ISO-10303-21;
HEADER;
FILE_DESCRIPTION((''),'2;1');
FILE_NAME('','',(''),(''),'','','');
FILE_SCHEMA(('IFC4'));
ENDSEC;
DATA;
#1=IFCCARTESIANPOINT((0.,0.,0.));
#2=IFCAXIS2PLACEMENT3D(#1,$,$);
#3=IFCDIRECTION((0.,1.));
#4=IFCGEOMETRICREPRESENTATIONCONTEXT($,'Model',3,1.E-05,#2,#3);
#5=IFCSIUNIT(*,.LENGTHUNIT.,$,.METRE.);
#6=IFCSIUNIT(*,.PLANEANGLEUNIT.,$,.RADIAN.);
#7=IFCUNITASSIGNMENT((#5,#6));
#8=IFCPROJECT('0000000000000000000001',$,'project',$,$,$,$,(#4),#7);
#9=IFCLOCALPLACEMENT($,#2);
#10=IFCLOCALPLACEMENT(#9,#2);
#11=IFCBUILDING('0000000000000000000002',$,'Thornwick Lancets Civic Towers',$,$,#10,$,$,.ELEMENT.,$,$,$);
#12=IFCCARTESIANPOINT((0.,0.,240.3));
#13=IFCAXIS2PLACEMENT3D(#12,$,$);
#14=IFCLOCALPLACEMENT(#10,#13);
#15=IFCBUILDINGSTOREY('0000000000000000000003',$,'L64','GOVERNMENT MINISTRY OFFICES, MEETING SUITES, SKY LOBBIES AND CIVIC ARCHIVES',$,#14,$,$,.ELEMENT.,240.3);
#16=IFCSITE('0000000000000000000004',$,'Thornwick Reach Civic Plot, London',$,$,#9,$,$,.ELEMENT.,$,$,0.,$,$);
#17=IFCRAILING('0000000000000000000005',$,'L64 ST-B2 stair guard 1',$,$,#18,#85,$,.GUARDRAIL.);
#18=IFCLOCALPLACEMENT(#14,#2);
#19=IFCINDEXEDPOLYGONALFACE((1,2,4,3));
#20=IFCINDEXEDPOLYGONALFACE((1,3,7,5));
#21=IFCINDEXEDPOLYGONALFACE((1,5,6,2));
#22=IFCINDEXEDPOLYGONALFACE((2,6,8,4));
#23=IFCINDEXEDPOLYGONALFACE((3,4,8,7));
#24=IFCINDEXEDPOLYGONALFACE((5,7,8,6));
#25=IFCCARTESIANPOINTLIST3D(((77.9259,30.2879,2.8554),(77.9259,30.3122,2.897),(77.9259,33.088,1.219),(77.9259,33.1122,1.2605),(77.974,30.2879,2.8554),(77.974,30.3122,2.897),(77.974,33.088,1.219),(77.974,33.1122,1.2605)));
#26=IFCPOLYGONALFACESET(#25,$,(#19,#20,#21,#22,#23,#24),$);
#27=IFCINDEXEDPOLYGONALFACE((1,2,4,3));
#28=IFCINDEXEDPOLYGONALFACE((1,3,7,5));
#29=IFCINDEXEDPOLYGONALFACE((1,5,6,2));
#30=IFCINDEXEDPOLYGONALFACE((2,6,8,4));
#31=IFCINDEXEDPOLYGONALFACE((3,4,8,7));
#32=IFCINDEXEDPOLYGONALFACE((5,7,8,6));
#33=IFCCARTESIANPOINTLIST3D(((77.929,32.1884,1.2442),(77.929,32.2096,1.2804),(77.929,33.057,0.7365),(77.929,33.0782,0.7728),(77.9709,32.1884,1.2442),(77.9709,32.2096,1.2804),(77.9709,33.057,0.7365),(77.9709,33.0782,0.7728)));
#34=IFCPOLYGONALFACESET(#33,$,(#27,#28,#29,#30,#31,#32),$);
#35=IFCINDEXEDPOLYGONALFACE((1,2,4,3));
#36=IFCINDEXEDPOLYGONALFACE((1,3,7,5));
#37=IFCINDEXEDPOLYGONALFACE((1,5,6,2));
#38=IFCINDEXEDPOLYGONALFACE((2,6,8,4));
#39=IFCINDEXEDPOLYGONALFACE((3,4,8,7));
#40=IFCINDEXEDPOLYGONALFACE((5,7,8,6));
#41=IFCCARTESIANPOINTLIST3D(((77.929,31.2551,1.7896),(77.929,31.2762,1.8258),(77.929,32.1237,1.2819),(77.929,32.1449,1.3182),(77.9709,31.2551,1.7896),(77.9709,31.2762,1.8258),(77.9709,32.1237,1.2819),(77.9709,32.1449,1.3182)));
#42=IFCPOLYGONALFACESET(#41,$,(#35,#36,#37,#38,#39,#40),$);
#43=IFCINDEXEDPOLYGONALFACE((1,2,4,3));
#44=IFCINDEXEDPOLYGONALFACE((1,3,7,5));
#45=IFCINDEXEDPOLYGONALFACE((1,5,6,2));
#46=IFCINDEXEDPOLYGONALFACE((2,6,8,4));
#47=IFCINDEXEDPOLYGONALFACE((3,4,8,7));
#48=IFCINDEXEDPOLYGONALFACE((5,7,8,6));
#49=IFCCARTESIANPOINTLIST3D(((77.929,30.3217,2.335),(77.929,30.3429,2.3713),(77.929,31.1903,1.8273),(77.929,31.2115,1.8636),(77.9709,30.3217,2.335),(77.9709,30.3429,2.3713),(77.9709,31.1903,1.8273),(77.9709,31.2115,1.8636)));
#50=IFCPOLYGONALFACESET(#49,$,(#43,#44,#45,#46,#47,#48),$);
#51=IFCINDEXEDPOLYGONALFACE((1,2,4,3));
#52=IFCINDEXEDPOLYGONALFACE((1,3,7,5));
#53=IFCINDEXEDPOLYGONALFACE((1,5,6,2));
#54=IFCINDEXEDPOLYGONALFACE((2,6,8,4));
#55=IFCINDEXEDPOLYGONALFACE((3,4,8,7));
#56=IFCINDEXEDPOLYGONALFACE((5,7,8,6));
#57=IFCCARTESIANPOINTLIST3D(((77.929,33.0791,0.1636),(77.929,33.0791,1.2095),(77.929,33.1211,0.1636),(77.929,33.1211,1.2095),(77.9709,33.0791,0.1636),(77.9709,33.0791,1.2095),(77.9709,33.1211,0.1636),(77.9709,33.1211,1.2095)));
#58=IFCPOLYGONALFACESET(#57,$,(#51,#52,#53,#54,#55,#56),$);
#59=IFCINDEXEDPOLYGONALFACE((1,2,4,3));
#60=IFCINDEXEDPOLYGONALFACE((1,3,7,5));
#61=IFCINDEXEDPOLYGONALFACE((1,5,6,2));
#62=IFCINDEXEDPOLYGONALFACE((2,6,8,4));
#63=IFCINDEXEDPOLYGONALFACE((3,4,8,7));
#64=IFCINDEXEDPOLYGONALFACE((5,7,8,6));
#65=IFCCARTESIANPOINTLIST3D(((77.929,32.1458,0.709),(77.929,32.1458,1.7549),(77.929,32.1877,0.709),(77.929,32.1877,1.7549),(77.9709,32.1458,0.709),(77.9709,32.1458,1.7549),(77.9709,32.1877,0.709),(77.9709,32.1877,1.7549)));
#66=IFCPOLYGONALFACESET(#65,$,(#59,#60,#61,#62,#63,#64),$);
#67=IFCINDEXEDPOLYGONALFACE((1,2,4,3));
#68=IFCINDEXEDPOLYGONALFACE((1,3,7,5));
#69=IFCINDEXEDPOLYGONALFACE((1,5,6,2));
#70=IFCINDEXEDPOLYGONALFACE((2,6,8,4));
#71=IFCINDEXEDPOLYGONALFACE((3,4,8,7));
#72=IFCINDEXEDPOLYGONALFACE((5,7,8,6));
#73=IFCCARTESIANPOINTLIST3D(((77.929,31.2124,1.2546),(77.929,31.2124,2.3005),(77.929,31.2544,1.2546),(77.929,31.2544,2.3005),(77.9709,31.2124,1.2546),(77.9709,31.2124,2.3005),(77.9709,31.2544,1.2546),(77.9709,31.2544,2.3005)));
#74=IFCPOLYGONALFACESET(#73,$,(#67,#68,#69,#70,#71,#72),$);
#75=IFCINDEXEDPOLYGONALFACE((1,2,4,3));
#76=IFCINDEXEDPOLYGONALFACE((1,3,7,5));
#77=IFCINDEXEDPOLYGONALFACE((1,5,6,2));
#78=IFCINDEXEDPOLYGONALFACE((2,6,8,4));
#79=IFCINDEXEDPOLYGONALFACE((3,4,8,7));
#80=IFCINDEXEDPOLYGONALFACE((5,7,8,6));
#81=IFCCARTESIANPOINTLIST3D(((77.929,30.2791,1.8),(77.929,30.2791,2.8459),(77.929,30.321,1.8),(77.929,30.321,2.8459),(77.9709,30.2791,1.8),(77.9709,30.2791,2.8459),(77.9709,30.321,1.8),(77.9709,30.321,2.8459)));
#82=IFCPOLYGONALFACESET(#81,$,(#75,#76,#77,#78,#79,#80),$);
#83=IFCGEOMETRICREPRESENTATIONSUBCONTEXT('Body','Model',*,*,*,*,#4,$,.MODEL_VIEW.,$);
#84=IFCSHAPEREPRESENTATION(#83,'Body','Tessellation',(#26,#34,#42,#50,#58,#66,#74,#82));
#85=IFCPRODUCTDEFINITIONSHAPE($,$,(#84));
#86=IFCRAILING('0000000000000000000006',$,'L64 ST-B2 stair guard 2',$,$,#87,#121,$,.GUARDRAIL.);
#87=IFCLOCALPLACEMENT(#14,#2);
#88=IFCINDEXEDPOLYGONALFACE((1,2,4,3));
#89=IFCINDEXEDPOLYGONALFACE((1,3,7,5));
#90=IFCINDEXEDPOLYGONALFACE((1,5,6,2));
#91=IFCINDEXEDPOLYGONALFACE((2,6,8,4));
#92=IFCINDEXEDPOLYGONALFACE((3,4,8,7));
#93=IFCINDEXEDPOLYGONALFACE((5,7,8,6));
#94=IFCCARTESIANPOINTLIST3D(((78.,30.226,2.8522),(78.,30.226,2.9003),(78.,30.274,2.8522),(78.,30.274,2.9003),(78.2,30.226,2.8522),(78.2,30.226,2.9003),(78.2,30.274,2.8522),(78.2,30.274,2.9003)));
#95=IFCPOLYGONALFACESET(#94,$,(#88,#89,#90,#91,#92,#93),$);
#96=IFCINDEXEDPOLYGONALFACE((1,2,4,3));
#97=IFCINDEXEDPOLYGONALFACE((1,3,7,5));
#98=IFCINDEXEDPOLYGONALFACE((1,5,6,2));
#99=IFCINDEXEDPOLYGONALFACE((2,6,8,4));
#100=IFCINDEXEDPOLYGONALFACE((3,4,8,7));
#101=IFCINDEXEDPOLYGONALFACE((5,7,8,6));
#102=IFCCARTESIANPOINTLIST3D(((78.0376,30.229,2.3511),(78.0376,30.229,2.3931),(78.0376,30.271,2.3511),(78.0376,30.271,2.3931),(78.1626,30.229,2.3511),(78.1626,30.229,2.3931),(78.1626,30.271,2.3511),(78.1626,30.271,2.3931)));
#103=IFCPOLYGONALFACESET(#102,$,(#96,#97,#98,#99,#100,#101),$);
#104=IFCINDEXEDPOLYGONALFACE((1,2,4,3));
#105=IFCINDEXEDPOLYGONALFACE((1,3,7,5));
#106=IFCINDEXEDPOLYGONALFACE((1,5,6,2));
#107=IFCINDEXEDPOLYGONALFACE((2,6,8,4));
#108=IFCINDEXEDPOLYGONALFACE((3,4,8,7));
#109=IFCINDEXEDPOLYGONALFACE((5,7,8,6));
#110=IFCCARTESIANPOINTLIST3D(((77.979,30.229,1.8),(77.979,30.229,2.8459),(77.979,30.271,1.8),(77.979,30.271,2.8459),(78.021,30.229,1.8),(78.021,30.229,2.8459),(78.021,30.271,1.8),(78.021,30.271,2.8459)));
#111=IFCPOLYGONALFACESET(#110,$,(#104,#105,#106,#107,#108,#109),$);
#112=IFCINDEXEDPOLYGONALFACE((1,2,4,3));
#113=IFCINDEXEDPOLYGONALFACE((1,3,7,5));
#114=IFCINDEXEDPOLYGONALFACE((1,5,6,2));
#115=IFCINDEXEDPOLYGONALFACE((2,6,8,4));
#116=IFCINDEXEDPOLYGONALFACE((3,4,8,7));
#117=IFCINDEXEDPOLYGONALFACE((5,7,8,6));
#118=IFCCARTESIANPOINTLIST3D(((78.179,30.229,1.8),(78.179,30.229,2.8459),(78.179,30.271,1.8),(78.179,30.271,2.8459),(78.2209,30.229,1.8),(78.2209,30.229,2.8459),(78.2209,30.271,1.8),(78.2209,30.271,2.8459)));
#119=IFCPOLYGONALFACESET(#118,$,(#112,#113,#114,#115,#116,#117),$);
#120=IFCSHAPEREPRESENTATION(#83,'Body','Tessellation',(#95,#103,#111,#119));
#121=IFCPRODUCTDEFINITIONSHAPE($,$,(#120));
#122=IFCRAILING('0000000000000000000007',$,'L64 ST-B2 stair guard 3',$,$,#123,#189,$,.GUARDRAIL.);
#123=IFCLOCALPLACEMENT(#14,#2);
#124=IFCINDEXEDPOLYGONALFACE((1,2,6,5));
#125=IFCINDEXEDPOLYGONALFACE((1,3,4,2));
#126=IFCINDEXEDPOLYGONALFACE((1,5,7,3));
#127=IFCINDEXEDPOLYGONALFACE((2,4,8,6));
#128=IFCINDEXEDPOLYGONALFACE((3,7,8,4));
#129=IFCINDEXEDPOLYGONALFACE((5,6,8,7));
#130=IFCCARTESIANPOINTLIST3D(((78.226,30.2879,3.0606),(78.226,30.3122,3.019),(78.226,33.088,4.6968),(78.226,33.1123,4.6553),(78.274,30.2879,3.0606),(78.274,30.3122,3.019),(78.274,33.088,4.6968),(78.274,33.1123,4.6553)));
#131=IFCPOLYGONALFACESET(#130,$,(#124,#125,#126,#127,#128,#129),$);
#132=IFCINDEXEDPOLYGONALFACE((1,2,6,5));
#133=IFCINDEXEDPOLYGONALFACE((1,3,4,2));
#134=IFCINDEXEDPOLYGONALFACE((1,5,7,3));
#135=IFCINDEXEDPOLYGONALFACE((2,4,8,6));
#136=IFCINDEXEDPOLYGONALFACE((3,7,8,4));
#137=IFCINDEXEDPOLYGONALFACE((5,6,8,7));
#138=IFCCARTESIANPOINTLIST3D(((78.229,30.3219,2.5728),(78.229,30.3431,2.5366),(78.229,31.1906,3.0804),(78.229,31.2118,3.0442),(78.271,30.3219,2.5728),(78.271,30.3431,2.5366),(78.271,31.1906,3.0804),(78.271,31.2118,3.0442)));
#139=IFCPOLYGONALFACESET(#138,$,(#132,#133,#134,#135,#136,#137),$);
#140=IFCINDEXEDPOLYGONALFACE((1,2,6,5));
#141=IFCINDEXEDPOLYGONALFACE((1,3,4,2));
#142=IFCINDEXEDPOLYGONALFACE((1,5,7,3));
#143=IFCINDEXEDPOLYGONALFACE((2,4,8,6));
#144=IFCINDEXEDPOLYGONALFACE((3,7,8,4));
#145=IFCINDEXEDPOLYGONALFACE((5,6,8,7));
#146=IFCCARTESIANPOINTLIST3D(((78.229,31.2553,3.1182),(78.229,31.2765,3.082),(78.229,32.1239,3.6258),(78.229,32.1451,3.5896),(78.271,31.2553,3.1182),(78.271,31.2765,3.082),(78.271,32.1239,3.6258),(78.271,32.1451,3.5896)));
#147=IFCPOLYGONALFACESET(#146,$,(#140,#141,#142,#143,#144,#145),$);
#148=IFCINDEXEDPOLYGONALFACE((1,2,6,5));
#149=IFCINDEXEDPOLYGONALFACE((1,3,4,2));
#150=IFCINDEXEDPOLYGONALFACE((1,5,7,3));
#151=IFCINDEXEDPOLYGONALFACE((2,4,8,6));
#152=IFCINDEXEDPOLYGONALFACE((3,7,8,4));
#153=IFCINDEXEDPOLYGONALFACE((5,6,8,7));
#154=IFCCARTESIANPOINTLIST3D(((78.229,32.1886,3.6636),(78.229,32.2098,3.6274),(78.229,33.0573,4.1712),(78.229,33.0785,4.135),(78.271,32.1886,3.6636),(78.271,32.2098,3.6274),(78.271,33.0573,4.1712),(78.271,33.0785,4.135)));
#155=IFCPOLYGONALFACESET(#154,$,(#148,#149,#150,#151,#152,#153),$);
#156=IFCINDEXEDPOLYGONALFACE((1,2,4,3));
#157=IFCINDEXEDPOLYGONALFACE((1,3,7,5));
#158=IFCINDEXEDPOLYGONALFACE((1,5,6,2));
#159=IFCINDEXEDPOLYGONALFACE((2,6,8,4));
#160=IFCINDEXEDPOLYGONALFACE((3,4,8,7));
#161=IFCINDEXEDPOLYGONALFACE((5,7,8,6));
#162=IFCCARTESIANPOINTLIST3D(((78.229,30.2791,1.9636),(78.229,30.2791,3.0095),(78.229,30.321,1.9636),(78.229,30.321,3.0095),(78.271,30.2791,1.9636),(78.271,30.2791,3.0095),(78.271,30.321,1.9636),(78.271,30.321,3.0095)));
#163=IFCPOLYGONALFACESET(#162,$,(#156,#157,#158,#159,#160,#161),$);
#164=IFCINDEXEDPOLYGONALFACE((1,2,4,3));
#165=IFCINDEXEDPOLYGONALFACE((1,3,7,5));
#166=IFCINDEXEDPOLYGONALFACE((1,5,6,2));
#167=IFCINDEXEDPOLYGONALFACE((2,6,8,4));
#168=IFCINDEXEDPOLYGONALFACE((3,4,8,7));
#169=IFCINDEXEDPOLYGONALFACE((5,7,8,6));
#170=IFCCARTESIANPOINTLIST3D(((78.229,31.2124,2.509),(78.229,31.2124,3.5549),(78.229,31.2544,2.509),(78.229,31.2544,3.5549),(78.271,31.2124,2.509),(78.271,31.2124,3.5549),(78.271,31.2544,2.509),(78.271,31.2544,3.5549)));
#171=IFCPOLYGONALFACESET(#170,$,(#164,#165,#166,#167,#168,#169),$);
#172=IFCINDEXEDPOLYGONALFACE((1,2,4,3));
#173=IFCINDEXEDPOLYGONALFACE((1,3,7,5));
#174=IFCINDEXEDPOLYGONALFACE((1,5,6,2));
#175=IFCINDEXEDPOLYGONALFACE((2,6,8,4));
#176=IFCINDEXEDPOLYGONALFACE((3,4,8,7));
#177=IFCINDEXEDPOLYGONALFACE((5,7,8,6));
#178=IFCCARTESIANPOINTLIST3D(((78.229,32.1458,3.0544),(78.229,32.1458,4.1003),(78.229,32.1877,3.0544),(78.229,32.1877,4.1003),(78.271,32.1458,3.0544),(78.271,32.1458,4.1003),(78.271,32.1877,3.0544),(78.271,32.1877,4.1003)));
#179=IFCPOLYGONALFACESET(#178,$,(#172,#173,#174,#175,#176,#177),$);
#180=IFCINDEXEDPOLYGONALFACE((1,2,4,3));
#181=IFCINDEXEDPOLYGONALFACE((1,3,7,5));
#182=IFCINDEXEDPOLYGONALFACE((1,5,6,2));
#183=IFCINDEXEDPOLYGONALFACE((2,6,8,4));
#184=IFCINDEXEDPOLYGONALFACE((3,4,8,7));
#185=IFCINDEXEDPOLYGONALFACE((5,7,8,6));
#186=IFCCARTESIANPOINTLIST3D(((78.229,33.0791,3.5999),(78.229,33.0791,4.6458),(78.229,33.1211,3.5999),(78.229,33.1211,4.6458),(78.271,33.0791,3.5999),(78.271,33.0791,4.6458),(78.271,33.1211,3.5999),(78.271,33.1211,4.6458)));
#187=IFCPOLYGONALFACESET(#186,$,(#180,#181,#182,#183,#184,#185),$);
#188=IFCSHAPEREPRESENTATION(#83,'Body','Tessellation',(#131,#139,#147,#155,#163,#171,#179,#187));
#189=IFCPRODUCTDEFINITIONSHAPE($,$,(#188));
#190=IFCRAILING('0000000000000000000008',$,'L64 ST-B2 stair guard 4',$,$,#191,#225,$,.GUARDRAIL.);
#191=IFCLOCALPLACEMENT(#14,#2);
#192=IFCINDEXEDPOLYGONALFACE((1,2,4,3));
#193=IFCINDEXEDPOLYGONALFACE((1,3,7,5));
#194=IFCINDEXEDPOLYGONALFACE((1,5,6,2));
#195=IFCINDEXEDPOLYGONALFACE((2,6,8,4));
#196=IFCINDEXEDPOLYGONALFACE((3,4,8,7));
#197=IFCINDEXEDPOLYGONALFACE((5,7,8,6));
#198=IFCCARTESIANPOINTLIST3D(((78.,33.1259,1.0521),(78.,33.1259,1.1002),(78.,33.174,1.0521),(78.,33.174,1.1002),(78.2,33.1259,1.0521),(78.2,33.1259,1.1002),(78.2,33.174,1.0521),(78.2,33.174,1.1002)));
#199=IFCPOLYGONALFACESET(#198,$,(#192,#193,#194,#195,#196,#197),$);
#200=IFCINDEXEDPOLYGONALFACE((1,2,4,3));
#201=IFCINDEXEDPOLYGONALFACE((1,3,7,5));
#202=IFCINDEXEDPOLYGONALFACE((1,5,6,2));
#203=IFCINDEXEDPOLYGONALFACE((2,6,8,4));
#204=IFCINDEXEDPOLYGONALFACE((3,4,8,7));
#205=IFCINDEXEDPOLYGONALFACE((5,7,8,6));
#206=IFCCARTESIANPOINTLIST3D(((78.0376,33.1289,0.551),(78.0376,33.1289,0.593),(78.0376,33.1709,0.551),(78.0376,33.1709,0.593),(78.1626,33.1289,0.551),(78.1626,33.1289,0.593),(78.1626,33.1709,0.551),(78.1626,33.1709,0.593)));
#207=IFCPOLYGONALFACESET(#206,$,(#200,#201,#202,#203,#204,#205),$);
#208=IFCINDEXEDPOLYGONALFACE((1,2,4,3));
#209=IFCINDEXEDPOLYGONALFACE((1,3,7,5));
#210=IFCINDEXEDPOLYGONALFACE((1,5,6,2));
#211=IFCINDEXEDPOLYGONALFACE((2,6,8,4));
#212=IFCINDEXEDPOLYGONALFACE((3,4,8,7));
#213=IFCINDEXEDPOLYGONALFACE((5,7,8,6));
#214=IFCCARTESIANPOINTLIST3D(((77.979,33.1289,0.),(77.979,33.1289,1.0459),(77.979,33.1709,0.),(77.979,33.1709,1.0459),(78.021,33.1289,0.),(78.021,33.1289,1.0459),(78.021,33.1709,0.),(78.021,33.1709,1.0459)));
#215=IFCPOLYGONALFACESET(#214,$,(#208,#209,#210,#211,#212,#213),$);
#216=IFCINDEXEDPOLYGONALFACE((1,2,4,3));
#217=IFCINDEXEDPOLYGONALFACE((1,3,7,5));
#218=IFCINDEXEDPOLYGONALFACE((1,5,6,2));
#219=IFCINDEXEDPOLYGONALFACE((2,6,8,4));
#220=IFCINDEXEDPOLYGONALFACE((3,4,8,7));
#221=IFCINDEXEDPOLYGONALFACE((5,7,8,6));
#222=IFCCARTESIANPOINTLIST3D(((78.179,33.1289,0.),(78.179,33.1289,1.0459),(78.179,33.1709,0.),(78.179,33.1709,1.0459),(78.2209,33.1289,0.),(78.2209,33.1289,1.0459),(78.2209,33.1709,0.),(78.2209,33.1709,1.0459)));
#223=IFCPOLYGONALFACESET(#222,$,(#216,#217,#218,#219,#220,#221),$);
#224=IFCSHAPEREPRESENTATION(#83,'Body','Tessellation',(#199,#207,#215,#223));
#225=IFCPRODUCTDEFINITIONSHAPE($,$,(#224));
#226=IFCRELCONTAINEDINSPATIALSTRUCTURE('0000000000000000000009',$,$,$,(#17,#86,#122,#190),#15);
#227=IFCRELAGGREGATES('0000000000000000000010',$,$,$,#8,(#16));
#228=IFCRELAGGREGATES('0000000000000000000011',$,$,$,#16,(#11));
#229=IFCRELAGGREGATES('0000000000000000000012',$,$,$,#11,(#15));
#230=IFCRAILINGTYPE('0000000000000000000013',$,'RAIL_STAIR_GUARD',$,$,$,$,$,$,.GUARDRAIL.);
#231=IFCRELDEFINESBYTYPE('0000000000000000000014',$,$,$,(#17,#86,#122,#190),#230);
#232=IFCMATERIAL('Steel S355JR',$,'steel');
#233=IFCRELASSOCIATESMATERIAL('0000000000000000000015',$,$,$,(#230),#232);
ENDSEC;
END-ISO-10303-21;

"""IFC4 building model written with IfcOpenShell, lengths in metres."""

from ifc_helpers import new_model, si_unit, direction, frame, origin, origin_2d, place, context, subcontext, project, spatial, rectangle, extrude, material, type_object, element, save


model = new_model("IFC4")

# Units and contexts
model_context = context("Model", 3, precision=1e-05, world=origin(), true_north=direction((0.0, 1.0)))
body_context = subcontext(model_context, "Body", "Model", "MODEL_VIEW")
ifc_project = project(units=[si_unit("LENGTHUNIT", "METRE"), si_unit("PLANEANGLEUNIT", "RADIAN")], contexts=[model_context])

# Site, building, storey
site_placement = place(None, origin())
site = spatial("IfcSite", under=ifc_project, at=site_placement, Name="Thornwick Reach Civic Plot, London", CompositionType="ELEMENT", RefElevation=0.0)
building_placement = place(site_placement, origin())
building = spatial("IfcBuilding", under=site, at=building_placement, Name="Thornwick Lancets Civic Towers", CompositionType="ELEMENT")
storey_placement = place(building_placement, frame((0.0, 0.0, 240.3)))
storey = spatial("IfcBuildingStorey", under=building, at=storey_placement, Name="L64", Description="GOVERNMENT MINISTRY OFFICES, MEETING SUITES, SKY LOBBIES AND CIVIC ARCHIVES", CompositionType="ELEMENT", Elevation=240.3)

# Shared definitions
ifc_material_1 = material(Name="Steel S355JR", Category="steel")

# Railings
railing_type_1 = type_object("IfcRailingType", Name="RAIL_STAIR_GUARD", PredefinedType="GUARDRAIL", material=ifc_material_1)
railing_1_placement = place(storey_placement, frame((77.95, 33.1001, 0.1636)))
element("IfcRailing", 1, at=railing_1_placement, inside=storey, type_object=railing_type_1, Name="L64 ST-B2 stair guard 1", PredefinedType="GUARDRAIL", context=body_context, shape_type="SweptSolid", body=[
    extrude(rectangle(XDim=0.0481, YDim=0.0481, at=origin_2d()), frame((0.0, 0.0, 1.0762), z_axis=(0.0, -0.863361, 0.504587), x_axis=(1.0, 0.0, 0.0)), (0.0, 0.0, 1.0), 3.2432),
    extrude(rectangle(XDim=0.042, YDim=0.042, at=origin_2d()), frame((0.0, -0.0325, 0.5911), z_axis=(0.0, -0.863361, 0.504587), x_axis=(1.0, 0.0, 0.0)), (0.0, 0.0, 1.0), 1.0061),
    extrude(rectangle(XDim=0.042, YDim=0.042, at=origin_2d()), frame((0.0, -0.9658, 1.1365), z_axis=(0.0, -0.863361, 0.504587), x_axis=(1.0, 0.0, 0.0)), (0.0, 0.0, 1.0), 1.0061),
    extrude(rectangle(XDim=0.042, YDim=0.042, at=origin_2d()), frame((0.0, -1.8992, 1.6819), z_axis=(0.0, -0.863361, 0.504587), x_axis=(1.0, 0.0, 0.0)), (0.0, 0.0, 1.0), 1.0061),
    extrude(rectangle(XDim=0.042, YDim=0.042, at=origin_2d()), origin(), (0.0, 0.0, 1.0), 1.0459),
    extrude(rectangle(XDim=0.042, YDim=0.042, at=origin_2d()), frame((0.0, -0.9333, 0.5454)), (0.0, 0.0, 1.0), 1.0459),
    extrude(rectangle(XDim=0.042, YDim=0.042, at=origin_2d()), frame((0.0, -1.8667, 1.0911)), (0.0, 0.0, 1.0), 1.0459),
    extrude(rectangle(XDim=0.042, YDim=0.042, at=origin_2d()), frame((0.0, -2.8, 1.6365)), (0.0, 0.0, 1.0), 1.0459),
])
railing_2_placement = place(storey_placement, frame((78.0, 30.25, 1.8)))
element("IfcRailing", 2, at=railing_2_placement, inside=storey, type_object=railing_type_1, Name="L64 ST-B2 stair guard 2", PredefinedType="GUARDRAIL", context=body_context, shape_type="SweptSolid", body=[
    extrude(rectangle(XDim=0.0481, YDim=0.0481, at=origin_2d()), frame((0.0, 0.0, 1.0762), z_axis=(1.0, 0.0, 0.0), x_axis=(0.0, 1.0, 0.0)), (0.0, 0.0, 1.0), 0.2),
    extrude(rectangle(XDim=0.042, YDim=0.042, at=origin_2d()), frame((0.0376, 0.0, 0.572), z_axis=(1.0, 0.0, 0.0), x_axis=(0.0, 1.0, 0.0)), (0.0, 0.0, 1.0), 0.125),
    extrude(rectangle(XDim=0.042, YDim=0.042, at=origin_2d()), origin(), (0.0, 0.0, 1.0), 1.0459),
    extrude(rectangle(XDim=0.042, YDim=0.042, at=origin_2d()), frame((0.2, 0.0, 0.0)), (0.0, 0.0, 1.0), 1.0459),
])
railing_3_placement = place(storey_placement, frame((78.25, 30.3, 1.9636)))
element("IfcRailing", 3, at=railing_3_placement, inside=storey, type_object=railing_type_1, Name="L64 ST-B2 stair guard 3", PredefinedType="GUARDRAIL", context=body_context, shape_type="SweptSolid", body=[
    extrude(rectangle(XDim=0.0481, YDim=0.0481, at=origin_2d()), frame((0.0, 0.0, 1.0762), z_axis=(0.0, 0.863394, 0.504531), x_axis=(-1.0, 0.0, 0.0)), (0.0, 0.0, 1.0), 3.2432),
    extrude(rectangle(XDim=0.042, YDim=0.042, at=origin_2d()), frame((0.0, 0.0325, 0.5911), z_axis=(0.0, 0.863394, 0.504531), x_axis=(-1.0, 0.0, 0.0)), (0.0, 0.0, 1.0), 1.0061),
    extrude(rectangle(XDim=0.042, YDim=0.042, at=origin_2d()), frame((0.0, 0.9658, 1.1365), z_axis=(0.0, 0.863394, 0.504531), x_axis=(-1.0, 0.0, 0.0)), (0.0, 0.0, 1.0), 1.0061),
    extrude(rectangle(XDim=0.042, YDim=0.042, at=origin_2d()), frame((0.0, 1.8992, 1.6819), z_axis=(0.0, 0.863394, 0.504531), x_axis=(-1.0, 0.0, 0.0)), (0.0, 0.0, 1.0), 1.0061),
    extrude(rectangle(XDim=0.042, YDim=0.042, at=origin_2d()), origin(), (0.0, 0.0, 1.0), 1.0459),
    extrude(rectangle(XDim=0.042, YDim=0.042, at=origin_2d()), frame((0.0, 0.9333, 0.5454)), (0.0, 0.0, 1.0), 1.0459),
    extrude(rectangle(XDim=0.042, YDim=0.042, at=origin_2d()), frame((0.0, 1.8667, 1.0908)), (0.0, 0.0, 1.0), 1.0459),
    extrude(rectangle(XDim=0.042, YDim=0.042, at=origin_2d()), frame((0.0, 2.8, 1.6362)), (0.0, 0.0, 1.0), 1.0459),
])
railing_4_placement = place(storey_placement, frame((78.0, 33.1499, 0.0)))
element("IfcRailing", 4, at=railing_4_placement, inside=storey, type_object=railing_type_1, Name="L64 ST-B2 stair guard 4", PredefinedType="GUARDRAIL", context=body_context, shape_type="SweptSolid", body=[
    extrude(rectangle(XDim=0.0481, YDim=0.0481, at=origin_2d()), frame((0.0, 0.0, 1.0762), z_axis=(1.0, 0.0, 0.0), x_axis=(0.0, 1.0, 0.0)), (0.0, 0.0, 1.0), 0.2),
    extrude(rectangle(XDim=0.042, YDim=0.042, at=origin_2d()), frame((0.0376, 0.0, 0.572), z_axis=(1.0, 0.0, 0.0), x_axis=(0.0, 1.0, 0.0)), (0.0, 0.0, 1.0), 0.125),
    extrude(rectangle(XDim=0.042, YDim=0.042, at=origin_2d()), origin(), (0.0, 0.0, 1.0), 1.0459),
    extrude(rectangle(XDim=0.042, YDim=0.042, at=origin_2d()), frame((0.2, 0.0, 0.0)), (0.0, 0.0, 1.0), 1.0459),
])

save(model, "model.ifc")
